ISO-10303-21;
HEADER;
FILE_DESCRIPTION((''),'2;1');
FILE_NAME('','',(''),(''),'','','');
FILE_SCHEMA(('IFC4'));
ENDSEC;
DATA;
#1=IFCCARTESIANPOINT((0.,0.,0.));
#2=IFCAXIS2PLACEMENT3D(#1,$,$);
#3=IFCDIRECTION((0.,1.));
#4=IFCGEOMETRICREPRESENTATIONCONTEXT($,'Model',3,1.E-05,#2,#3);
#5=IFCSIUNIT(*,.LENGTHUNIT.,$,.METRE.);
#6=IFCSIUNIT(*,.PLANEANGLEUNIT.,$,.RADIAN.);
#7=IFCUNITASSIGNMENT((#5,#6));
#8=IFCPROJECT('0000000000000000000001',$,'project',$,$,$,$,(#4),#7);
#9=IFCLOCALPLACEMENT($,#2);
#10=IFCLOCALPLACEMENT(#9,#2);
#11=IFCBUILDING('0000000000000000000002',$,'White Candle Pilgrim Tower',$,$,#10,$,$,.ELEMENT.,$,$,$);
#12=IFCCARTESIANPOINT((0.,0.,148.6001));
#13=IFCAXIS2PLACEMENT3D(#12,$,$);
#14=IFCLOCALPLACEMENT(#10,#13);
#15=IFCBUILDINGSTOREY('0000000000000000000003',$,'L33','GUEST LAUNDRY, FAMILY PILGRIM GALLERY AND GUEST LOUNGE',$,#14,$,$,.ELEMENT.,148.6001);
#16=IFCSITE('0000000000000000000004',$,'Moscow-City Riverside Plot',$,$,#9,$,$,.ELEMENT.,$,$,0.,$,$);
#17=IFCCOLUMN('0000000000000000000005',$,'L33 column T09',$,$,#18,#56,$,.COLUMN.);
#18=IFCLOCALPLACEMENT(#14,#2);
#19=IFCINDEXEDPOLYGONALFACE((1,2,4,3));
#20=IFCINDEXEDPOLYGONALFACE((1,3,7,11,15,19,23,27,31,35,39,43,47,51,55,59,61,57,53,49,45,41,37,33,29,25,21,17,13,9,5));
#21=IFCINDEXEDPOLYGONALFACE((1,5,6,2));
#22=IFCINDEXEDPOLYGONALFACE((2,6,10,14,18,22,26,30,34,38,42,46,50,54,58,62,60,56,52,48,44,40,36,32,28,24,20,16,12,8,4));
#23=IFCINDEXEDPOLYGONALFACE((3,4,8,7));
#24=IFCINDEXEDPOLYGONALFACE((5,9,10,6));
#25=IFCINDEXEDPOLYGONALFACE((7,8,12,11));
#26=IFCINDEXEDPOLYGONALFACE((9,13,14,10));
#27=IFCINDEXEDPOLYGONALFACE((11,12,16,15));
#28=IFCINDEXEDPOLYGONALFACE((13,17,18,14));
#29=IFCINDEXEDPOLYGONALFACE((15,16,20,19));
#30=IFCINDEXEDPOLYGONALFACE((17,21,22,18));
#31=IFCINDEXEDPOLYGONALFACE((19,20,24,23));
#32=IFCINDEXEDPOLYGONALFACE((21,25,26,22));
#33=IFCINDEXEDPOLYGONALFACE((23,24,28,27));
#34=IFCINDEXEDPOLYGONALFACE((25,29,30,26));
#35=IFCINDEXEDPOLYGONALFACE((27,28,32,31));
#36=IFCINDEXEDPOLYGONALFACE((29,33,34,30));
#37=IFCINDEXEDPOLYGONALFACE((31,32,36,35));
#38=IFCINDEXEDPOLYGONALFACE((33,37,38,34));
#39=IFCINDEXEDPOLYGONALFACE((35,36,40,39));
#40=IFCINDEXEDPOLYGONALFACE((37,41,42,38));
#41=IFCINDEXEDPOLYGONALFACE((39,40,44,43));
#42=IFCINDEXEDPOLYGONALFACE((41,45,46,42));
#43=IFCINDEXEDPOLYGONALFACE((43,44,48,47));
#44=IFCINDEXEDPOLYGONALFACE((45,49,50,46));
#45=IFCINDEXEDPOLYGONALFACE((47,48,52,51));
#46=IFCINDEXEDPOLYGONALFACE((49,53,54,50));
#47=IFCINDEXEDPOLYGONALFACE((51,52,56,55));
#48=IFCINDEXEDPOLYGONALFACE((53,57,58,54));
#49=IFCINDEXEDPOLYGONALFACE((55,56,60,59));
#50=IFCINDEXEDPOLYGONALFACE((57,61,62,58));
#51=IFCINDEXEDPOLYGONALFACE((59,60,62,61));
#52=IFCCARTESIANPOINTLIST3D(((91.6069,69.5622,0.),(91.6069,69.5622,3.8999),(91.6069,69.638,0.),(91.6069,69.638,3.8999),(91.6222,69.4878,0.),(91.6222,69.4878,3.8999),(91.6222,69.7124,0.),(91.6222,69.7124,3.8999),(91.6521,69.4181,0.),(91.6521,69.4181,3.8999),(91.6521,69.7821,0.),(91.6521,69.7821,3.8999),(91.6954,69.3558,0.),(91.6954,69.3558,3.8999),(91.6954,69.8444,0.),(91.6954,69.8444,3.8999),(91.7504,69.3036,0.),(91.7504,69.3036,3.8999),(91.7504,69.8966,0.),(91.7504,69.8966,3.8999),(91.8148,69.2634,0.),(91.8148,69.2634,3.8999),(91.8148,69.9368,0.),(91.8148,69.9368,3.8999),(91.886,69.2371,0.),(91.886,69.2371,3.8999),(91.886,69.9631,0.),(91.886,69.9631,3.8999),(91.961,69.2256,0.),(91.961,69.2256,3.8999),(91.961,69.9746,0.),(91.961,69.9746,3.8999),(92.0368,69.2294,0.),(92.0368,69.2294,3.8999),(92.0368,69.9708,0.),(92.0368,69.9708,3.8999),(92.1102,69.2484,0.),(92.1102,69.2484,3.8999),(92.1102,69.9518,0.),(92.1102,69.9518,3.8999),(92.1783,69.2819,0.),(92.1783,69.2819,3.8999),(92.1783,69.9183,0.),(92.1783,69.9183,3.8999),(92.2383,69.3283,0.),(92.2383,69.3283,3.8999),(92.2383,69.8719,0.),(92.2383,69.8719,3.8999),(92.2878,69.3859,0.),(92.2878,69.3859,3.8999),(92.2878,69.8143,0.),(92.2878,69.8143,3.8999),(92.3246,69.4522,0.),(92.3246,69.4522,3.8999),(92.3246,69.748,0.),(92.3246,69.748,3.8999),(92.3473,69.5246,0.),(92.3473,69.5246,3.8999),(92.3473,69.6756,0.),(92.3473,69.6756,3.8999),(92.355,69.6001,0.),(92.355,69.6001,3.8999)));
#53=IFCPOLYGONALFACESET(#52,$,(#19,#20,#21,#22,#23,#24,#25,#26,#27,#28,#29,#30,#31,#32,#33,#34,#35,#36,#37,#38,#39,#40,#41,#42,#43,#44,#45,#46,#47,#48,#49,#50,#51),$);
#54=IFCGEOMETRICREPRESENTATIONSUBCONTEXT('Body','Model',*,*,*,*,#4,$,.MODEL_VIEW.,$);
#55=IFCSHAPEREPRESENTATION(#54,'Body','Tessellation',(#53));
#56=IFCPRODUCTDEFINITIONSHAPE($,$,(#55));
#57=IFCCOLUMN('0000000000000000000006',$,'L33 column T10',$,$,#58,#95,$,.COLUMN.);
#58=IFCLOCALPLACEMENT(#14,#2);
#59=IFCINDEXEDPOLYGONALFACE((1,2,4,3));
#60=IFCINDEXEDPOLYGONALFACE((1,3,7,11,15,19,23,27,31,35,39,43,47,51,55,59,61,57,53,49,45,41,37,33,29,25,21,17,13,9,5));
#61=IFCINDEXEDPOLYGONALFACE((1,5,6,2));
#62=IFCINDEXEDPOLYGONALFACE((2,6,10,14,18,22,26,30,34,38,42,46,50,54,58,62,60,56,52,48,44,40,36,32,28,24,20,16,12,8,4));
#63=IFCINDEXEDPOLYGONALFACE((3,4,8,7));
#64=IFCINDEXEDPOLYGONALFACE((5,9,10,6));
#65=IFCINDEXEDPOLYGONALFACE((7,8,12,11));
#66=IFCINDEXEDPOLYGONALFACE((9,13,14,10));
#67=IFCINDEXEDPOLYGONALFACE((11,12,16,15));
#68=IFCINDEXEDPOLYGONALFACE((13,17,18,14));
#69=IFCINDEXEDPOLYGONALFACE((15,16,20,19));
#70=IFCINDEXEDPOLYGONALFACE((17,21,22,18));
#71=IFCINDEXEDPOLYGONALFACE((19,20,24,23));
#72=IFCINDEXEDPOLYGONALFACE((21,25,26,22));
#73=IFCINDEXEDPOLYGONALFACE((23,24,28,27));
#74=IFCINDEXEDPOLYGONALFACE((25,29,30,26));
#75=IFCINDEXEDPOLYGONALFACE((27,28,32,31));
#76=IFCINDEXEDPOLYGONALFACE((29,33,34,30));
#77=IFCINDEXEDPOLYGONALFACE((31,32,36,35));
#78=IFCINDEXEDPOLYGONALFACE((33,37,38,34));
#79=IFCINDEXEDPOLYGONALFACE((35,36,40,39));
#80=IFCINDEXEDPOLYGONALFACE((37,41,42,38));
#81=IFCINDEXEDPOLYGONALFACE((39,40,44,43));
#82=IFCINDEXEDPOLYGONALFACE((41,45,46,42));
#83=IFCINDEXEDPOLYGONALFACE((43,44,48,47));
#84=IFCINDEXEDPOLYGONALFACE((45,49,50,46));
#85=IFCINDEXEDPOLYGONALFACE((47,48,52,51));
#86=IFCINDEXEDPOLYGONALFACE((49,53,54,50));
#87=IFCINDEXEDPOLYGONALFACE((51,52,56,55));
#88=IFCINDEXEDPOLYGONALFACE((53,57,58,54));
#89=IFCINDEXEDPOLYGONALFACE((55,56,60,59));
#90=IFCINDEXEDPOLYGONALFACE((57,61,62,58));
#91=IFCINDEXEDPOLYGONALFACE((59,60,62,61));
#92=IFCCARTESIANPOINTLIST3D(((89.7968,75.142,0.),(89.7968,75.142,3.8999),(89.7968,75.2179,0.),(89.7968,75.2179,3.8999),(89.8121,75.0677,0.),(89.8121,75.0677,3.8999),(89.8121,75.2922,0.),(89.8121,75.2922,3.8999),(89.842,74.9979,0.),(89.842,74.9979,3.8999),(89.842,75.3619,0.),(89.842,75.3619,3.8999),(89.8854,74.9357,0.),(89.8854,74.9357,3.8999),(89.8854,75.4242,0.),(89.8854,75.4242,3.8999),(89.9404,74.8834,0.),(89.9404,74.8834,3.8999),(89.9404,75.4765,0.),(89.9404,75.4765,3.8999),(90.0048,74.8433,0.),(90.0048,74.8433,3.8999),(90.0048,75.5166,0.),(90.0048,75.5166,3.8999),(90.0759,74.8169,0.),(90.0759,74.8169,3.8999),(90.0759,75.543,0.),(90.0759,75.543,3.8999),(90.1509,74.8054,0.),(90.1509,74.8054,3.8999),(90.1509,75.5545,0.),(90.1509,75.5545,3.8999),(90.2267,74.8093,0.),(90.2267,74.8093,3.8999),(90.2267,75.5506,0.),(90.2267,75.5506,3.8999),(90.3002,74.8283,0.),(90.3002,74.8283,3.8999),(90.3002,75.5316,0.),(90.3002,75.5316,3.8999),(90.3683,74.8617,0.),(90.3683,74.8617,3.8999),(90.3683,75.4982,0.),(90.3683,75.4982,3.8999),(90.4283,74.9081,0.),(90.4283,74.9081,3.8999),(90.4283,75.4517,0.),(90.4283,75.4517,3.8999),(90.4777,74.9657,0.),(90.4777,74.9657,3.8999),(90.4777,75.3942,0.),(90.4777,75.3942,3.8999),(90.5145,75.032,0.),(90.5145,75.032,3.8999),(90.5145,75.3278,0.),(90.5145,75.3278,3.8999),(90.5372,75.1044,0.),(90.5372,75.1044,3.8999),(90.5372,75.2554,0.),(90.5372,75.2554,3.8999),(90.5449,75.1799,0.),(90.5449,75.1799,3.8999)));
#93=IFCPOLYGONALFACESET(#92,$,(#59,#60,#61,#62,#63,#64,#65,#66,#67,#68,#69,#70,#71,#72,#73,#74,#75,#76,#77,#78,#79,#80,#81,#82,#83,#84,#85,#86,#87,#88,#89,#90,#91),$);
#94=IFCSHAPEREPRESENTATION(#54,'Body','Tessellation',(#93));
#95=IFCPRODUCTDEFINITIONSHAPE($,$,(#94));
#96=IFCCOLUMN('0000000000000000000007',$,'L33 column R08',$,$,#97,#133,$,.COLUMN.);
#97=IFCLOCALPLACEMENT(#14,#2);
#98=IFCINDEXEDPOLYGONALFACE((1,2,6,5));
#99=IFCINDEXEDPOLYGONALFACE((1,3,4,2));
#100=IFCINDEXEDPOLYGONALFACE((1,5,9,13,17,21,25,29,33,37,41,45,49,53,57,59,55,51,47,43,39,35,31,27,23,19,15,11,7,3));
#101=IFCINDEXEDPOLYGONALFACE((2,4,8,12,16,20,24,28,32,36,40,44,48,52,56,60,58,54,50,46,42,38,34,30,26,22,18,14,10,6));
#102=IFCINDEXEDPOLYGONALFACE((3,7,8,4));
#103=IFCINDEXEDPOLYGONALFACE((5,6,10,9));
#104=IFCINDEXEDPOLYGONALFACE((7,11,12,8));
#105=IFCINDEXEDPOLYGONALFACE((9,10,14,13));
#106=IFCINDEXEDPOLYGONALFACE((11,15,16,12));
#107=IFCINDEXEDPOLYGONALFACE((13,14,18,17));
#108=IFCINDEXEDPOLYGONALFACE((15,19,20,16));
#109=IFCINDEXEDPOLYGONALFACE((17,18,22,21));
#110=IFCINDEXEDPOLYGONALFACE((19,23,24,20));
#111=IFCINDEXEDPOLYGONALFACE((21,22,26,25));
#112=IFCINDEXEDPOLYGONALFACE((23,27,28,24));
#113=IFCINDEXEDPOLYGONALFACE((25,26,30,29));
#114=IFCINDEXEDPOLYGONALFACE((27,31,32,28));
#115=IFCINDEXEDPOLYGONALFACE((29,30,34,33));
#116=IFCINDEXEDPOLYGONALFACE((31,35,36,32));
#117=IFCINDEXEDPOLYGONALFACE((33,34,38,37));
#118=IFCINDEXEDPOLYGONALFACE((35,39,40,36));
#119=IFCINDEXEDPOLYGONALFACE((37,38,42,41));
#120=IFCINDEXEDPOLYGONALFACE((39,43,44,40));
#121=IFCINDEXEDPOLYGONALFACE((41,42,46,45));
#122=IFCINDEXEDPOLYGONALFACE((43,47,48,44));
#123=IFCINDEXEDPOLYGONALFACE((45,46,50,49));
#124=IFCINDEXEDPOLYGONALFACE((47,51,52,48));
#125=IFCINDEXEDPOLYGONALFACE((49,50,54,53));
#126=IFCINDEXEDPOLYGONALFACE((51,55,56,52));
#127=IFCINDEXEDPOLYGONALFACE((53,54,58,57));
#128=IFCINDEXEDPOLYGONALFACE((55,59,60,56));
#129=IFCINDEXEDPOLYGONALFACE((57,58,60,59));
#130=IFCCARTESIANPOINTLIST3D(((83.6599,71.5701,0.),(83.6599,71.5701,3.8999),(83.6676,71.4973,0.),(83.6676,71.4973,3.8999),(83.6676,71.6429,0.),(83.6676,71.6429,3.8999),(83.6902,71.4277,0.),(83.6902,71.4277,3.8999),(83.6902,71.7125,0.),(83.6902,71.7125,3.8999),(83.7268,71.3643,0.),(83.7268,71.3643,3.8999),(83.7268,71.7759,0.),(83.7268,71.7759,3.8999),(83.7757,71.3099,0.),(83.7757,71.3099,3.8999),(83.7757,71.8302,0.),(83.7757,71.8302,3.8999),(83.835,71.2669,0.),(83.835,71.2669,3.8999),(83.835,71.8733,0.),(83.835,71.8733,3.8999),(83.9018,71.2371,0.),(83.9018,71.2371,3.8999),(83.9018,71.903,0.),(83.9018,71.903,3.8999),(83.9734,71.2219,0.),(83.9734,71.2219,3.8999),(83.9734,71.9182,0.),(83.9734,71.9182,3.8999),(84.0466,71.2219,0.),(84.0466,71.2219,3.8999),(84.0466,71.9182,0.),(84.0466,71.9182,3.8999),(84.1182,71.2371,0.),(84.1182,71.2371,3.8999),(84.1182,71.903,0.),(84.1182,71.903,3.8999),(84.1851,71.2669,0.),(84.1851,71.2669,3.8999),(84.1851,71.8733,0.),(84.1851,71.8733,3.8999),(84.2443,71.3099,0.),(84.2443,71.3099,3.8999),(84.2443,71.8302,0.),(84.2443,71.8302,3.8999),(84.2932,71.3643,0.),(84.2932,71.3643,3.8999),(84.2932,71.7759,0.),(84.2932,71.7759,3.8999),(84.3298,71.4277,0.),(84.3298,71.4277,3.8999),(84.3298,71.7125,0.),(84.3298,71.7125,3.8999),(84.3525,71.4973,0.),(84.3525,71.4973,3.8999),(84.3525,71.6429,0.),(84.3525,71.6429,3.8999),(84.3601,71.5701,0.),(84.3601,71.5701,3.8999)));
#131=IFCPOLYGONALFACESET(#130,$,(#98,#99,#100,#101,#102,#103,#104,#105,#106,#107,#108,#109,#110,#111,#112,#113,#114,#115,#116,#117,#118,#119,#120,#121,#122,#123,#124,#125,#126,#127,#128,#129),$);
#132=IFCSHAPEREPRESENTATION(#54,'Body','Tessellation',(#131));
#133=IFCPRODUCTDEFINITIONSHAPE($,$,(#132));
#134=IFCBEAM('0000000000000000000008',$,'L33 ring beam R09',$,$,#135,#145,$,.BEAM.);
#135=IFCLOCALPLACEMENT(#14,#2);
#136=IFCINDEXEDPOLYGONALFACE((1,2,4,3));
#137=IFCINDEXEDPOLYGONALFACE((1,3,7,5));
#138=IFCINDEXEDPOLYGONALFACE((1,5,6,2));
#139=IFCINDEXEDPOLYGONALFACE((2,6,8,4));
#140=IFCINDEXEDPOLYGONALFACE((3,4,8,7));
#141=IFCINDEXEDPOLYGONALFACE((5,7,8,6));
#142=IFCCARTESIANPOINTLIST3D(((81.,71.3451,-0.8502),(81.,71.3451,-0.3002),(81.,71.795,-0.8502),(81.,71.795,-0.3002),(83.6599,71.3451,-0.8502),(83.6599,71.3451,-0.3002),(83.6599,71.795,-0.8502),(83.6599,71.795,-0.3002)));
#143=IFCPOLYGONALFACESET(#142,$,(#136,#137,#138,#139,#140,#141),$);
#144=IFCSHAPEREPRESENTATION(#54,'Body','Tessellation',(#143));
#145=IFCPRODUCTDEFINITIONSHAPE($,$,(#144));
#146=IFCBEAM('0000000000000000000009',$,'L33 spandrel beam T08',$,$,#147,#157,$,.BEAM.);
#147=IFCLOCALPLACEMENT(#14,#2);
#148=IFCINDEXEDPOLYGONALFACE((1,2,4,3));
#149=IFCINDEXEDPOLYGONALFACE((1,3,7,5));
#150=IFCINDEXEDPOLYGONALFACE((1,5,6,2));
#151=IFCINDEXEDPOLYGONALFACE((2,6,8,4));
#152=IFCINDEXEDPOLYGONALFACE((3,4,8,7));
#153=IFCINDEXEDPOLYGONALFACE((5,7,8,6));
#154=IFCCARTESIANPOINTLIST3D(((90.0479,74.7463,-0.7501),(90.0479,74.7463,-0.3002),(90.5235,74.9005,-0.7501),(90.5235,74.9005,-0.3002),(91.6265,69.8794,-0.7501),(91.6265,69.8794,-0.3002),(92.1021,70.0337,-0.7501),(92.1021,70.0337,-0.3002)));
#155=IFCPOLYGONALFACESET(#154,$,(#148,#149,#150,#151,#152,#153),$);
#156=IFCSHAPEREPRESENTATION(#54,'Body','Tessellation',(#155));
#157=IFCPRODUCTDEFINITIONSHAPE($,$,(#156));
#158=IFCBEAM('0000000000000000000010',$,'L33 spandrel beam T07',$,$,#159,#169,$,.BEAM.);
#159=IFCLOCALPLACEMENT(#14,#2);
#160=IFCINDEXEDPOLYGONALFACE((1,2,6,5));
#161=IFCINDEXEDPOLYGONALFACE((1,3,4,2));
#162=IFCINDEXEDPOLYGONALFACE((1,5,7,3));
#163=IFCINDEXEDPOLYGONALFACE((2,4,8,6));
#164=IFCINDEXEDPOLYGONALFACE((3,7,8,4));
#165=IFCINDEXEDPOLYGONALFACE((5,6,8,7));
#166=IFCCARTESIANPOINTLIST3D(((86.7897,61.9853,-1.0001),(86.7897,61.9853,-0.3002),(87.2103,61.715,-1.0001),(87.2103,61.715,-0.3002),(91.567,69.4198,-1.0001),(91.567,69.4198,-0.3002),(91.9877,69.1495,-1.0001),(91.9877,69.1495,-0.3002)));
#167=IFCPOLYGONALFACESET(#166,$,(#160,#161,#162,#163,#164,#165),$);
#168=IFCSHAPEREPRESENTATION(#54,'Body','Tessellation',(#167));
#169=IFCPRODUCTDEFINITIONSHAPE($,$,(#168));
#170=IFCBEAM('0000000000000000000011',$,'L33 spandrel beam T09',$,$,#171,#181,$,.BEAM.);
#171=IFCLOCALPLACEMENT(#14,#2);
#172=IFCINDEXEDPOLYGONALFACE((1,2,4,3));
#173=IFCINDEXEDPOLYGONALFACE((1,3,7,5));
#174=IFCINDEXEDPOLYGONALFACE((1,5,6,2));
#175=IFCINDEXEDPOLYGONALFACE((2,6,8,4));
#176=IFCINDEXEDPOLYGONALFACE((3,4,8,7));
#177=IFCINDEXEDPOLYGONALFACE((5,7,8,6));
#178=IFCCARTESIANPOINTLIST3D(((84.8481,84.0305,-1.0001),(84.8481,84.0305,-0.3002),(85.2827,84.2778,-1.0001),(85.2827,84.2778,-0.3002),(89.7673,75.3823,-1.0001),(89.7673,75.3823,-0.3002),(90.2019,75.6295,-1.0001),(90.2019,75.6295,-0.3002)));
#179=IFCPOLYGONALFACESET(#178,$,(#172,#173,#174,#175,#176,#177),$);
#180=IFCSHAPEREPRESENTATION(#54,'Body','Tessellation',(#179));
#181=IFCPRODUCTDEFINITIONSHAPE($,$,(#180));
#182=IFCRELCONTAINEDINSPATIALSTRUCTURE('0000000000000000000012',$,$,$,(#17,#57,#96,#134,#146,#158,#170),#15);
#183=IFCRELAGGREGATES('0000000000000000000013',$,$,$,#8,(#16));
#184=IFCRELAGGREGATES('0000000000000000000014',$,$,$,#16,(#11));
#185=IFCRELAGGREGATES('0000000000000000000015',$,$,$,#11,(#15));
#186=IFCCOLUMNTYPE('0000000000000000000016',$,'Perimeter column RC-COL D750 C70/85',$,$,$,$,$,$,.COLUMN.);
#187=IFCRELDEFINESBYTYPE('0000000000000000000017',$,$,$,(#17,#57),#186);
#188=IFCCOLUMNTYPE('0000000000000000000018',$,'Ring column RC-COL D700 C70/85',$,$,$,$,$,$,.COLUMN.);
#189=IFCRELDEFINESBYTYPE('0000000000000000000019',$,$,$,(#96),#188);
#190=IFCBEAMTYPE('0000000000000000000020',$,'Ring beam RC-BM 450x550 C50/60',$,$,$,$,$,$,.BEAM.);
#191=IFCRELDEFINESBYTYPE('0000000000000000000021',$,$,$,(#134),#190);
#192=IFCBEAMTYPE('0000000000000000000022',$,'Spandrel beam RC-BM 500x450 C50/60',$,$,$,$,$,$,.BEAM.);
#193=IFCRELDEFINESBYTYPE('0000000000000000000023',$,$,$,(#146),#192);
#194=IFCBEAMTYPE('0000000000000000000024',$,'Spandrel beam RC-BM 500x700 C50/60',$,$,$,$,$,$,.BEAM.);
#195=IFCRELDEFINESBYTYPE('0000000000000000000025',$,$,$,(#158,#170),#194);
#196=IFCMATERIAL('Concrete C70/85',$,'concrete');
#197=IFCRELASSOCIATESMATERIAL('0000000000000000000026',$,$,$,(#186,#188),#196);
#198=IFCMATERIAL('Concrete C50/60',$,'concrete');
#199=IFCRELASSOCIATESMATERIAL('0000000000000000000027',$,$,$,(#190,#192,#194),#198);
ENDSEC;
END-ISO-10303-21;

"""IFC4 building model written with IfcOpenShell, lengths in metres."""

from ifc_helpers import new_model, si_unit, direction, frame, origin, origin_2d, place, context, subcontext, project, spatial, rectangle, circle, extrude, material, material_profile, profile_set, type_object, element, save


model = new_model("IFC4")

# Units and contexts
model_context = context("Model", 3, precision=1e-05, world=origin(), true_north=direction((0.0, 1.0)))
body_context = subcontext(model_context, "Body", "Model", "MODEL_VIEW")
ifc_project = project(units=[si_unit("LENGTHUNIT", "METRE"), si_unit("PLANEANGLEUNIT", "RADIAN")], contexts=[model_context])

# Site, building, storey
site_placement = place(None, origin())
site = spatial("IfcSite", under=ifc_project, at=site_placement, Name="Moscow-City Riverside Plot", CompositionType="ELEMENT", RefElevation=0.0)
building_placement = place(site_placement, origin())
building = spatial("IfcBuilding", under=site, at=building_placement, Name="White Candle Pilgrim Tower", CompositionType="ELEMENT")
storey_placement = place(building_placement, frame((0.0, 0.0, 148.6001)))
storey = spatial("IfcBuildingStorey", under=building, at=storey_placement, Name="L33", Description="GUEST LAUNDRY, FAMILY PILGRIM GALLERY AND GUEST LOUNGE", CompositionType="ELEMENT", Elevation=148.6001)

# Columns
ifc_material_1 = material(Name="Concrete C70/85", Category="concrete")
ifc_material_profile_1 = material_profile(ifc_material_1, circle(Radius=0.375, at=origin_2d()), Name="RC-COL D750")
ifc_profile_set_1 = profile_set([ifc_material_profile_1], Name="Concrete C70/85")
column_type_1 = type_object("IfcColumnType", Name="Perimeter column RC-COL D750 C70/85", PredefinedType="COLUMN", material=ifc_profile_set_1)
for number, where, z_axis, x_axis, name in (
    (1, (91.98, 69.6001, 0.0), (0.0, 0.0, 1.0), (1.0, 0.0, 0.0), "L33 column T09"),
    (2, (90.1699, 75.1799, 0.0), (0.0, 0.0, 1.0), (1.0, 0.0, 0.0), "L33 column T10"),
):
    element("IfcColumn", number, at=place(storey_placement, frame(where, z_axis=z_axis, x_axis=x_axis)), inside=storey, type_object=column_type_1, Name=name, PredefinedType="COLUMN", context=body_context, shape_type="SweptSolid", body=[
        extrude(circle(Radius=0.375, at=origin_2d()), origin(), (0.0, 0.0, 1.0), 3.8999),
    ])
ifc_material_profile_2 = material_profile(ifc_material_1, circle(Radius=0.3501, at=origin_2d()), Name="RC-COL D700")
ifc_profile_set_2 = profile_set([ifc_material_profile_2], Name="Concrete C70/85")
column_type_2 = type_object("IfcColumnType", Name="Ring column RC-COL D700 C70/85", PredefinedType="COLUMN", material=ifc_profile_set_2)
column_placement = place(storey_placement, frame((84.01, 71.5701, 0.0), z_axis=(0.0, 0.0, 1.0), x_axis=(1.0, 0.0, 0.0)))
element("IfcColumn", 3, at=column_placement, inside=storey, type_object=column_type_2, Name="L33 column R08", PredefinedType="COLUMN", context=body_context, shape_type="SweptSolid", body=[
    extrude(circle(Radius=0.3501, at=origin_2d()), origin(), (0.0, 0.0, 1.0), 3.8999),
])

# Beams
ifc_material_2 = material(Name="Concrete C50/60", Category="concrete")
ifc_material_profile_3 = material_profile(ifc_material_2, rectangle(XDim=0.45, YDim=0.55, at=origin_2d()), Name="RC-BM 450x550")
ifc_profile_set_3 = profile_set([ifc_material_profile_3], Name="Concrete C50/60")
beam_type_1 = type_object("IfcBeamType", Name="Ring beam RC-BM 450x550 C50/60", PredefinedType="BEAM", material=ifc_profile_set_3)
beam_1_placement = place(storey_placement, frame((83.6599, 71.5701, -0.5752), z_axis=(-1.0, 0.0, 0.0), x_axis=(0.0, -1.0, 0.0)))
element("IfcBeam", 4, at=beam_1_placement, inside=storey, type_object=beam_type_1, Name="L33 ring beam R09", PredefinedType="BEAM", context=body_context, shape_type="SweptSolid", body=[
    extrude(rectangle(XDim=0.45, YDim=0.55, at=origin_2d()), origin(), (0.0, 0.0, 1.0), 2.6599),
])
ifc_material_profile_4 = material_profile(ifc_material_2, rectangle(XDim=0.5, YDim=0.45, at=origin_2d()), Name="RC-BM 500x450")
ifc_profile_set_4 = profile_set([ifc_material_profile_4], Name="Concrete C50/60")
beam_type_2 = type_object("IfcBeamType", Name="Spandrel beam RC-BM 500x450 C50/60", PredefinedType="BEAM", material=ifc_profile_set_4)
beam_2_placement = place(storey_placement, frame((91.8643, 69.9565, -0.5251), z_axis=(-0.30853, 0.951214, 0.0), x_axis=(-0.951214, -0.30853, 0.0)))
element("IfcBeam", 5, at=beam_2_placement, inside=storey, type_object=beam_type_2, Name="L33 spandrel beam T08", PredefinedType="BEAM", context=body_context, shape_type="SweptSolid", body=[
    extrude(rectangle(XDim=0.5, YDim=0.45, at=origin_2d()), origin(), (0.0, 0.0, 1.0), 5.1165),
])
ifc_material_profile_5 = material_profile(ifc_material_2, rectangle(XDim=0.5, YDim=0.7, at=origin_2d()), Name="RC-BM 500x700")
ifc_profile_set_5 = profile_set([ifc_material_profile_5], Name="Concrete C50/60")
beam_type_3 = type_object("IfcBeamType", Name="Spandrel beam RC-BM 500x700 C50/60", PredefinedType="BEAM", material=ifc_profile_set_5)
beam_3_placement = place(storey_placement, frame((91.7773, 69.2847, -0.6501), z_axis=(-0.540596, -0.841283, 0.0), x_axis=(0.841283, -0.540596, 0.0)))
element("IfcBeam", 6, at=beam_3_placement, inside=storey, type_object=beam_type_3, Name="L33 spandrel beam T07", PredefinedType="BEAM", context=body_context, shape_type="SweptSolid", body=[
    extrude(rectangle(XDim=0.5, YDim=0.7, at=origin_2d()), origin(), (0.0, 0.0, 1.0), 8.8372),
])
beam_4_placement = place(storey_placement, frame((89.9846, 75.5059, -0.6501), z_axis=(-0.494423, 0.869221, 0.0), x_axis=(-0.869221, -0.494423, 0.0)))
element("IfcBeam", 7, at=beam_4_placement, inside=storey, type_object=beam_type_3, Name="L33 spandrel beam T09", PredefinedType="BEAM", context=body_context, shape_type="SweptSolid", body=[
    extrude(rectangle(XDim=0.5, YDim=0.7, at=origin_2d()), origin(), (0.0, 0.0, 1.0), 9.9495),
])

save(model, "model.ifc")
